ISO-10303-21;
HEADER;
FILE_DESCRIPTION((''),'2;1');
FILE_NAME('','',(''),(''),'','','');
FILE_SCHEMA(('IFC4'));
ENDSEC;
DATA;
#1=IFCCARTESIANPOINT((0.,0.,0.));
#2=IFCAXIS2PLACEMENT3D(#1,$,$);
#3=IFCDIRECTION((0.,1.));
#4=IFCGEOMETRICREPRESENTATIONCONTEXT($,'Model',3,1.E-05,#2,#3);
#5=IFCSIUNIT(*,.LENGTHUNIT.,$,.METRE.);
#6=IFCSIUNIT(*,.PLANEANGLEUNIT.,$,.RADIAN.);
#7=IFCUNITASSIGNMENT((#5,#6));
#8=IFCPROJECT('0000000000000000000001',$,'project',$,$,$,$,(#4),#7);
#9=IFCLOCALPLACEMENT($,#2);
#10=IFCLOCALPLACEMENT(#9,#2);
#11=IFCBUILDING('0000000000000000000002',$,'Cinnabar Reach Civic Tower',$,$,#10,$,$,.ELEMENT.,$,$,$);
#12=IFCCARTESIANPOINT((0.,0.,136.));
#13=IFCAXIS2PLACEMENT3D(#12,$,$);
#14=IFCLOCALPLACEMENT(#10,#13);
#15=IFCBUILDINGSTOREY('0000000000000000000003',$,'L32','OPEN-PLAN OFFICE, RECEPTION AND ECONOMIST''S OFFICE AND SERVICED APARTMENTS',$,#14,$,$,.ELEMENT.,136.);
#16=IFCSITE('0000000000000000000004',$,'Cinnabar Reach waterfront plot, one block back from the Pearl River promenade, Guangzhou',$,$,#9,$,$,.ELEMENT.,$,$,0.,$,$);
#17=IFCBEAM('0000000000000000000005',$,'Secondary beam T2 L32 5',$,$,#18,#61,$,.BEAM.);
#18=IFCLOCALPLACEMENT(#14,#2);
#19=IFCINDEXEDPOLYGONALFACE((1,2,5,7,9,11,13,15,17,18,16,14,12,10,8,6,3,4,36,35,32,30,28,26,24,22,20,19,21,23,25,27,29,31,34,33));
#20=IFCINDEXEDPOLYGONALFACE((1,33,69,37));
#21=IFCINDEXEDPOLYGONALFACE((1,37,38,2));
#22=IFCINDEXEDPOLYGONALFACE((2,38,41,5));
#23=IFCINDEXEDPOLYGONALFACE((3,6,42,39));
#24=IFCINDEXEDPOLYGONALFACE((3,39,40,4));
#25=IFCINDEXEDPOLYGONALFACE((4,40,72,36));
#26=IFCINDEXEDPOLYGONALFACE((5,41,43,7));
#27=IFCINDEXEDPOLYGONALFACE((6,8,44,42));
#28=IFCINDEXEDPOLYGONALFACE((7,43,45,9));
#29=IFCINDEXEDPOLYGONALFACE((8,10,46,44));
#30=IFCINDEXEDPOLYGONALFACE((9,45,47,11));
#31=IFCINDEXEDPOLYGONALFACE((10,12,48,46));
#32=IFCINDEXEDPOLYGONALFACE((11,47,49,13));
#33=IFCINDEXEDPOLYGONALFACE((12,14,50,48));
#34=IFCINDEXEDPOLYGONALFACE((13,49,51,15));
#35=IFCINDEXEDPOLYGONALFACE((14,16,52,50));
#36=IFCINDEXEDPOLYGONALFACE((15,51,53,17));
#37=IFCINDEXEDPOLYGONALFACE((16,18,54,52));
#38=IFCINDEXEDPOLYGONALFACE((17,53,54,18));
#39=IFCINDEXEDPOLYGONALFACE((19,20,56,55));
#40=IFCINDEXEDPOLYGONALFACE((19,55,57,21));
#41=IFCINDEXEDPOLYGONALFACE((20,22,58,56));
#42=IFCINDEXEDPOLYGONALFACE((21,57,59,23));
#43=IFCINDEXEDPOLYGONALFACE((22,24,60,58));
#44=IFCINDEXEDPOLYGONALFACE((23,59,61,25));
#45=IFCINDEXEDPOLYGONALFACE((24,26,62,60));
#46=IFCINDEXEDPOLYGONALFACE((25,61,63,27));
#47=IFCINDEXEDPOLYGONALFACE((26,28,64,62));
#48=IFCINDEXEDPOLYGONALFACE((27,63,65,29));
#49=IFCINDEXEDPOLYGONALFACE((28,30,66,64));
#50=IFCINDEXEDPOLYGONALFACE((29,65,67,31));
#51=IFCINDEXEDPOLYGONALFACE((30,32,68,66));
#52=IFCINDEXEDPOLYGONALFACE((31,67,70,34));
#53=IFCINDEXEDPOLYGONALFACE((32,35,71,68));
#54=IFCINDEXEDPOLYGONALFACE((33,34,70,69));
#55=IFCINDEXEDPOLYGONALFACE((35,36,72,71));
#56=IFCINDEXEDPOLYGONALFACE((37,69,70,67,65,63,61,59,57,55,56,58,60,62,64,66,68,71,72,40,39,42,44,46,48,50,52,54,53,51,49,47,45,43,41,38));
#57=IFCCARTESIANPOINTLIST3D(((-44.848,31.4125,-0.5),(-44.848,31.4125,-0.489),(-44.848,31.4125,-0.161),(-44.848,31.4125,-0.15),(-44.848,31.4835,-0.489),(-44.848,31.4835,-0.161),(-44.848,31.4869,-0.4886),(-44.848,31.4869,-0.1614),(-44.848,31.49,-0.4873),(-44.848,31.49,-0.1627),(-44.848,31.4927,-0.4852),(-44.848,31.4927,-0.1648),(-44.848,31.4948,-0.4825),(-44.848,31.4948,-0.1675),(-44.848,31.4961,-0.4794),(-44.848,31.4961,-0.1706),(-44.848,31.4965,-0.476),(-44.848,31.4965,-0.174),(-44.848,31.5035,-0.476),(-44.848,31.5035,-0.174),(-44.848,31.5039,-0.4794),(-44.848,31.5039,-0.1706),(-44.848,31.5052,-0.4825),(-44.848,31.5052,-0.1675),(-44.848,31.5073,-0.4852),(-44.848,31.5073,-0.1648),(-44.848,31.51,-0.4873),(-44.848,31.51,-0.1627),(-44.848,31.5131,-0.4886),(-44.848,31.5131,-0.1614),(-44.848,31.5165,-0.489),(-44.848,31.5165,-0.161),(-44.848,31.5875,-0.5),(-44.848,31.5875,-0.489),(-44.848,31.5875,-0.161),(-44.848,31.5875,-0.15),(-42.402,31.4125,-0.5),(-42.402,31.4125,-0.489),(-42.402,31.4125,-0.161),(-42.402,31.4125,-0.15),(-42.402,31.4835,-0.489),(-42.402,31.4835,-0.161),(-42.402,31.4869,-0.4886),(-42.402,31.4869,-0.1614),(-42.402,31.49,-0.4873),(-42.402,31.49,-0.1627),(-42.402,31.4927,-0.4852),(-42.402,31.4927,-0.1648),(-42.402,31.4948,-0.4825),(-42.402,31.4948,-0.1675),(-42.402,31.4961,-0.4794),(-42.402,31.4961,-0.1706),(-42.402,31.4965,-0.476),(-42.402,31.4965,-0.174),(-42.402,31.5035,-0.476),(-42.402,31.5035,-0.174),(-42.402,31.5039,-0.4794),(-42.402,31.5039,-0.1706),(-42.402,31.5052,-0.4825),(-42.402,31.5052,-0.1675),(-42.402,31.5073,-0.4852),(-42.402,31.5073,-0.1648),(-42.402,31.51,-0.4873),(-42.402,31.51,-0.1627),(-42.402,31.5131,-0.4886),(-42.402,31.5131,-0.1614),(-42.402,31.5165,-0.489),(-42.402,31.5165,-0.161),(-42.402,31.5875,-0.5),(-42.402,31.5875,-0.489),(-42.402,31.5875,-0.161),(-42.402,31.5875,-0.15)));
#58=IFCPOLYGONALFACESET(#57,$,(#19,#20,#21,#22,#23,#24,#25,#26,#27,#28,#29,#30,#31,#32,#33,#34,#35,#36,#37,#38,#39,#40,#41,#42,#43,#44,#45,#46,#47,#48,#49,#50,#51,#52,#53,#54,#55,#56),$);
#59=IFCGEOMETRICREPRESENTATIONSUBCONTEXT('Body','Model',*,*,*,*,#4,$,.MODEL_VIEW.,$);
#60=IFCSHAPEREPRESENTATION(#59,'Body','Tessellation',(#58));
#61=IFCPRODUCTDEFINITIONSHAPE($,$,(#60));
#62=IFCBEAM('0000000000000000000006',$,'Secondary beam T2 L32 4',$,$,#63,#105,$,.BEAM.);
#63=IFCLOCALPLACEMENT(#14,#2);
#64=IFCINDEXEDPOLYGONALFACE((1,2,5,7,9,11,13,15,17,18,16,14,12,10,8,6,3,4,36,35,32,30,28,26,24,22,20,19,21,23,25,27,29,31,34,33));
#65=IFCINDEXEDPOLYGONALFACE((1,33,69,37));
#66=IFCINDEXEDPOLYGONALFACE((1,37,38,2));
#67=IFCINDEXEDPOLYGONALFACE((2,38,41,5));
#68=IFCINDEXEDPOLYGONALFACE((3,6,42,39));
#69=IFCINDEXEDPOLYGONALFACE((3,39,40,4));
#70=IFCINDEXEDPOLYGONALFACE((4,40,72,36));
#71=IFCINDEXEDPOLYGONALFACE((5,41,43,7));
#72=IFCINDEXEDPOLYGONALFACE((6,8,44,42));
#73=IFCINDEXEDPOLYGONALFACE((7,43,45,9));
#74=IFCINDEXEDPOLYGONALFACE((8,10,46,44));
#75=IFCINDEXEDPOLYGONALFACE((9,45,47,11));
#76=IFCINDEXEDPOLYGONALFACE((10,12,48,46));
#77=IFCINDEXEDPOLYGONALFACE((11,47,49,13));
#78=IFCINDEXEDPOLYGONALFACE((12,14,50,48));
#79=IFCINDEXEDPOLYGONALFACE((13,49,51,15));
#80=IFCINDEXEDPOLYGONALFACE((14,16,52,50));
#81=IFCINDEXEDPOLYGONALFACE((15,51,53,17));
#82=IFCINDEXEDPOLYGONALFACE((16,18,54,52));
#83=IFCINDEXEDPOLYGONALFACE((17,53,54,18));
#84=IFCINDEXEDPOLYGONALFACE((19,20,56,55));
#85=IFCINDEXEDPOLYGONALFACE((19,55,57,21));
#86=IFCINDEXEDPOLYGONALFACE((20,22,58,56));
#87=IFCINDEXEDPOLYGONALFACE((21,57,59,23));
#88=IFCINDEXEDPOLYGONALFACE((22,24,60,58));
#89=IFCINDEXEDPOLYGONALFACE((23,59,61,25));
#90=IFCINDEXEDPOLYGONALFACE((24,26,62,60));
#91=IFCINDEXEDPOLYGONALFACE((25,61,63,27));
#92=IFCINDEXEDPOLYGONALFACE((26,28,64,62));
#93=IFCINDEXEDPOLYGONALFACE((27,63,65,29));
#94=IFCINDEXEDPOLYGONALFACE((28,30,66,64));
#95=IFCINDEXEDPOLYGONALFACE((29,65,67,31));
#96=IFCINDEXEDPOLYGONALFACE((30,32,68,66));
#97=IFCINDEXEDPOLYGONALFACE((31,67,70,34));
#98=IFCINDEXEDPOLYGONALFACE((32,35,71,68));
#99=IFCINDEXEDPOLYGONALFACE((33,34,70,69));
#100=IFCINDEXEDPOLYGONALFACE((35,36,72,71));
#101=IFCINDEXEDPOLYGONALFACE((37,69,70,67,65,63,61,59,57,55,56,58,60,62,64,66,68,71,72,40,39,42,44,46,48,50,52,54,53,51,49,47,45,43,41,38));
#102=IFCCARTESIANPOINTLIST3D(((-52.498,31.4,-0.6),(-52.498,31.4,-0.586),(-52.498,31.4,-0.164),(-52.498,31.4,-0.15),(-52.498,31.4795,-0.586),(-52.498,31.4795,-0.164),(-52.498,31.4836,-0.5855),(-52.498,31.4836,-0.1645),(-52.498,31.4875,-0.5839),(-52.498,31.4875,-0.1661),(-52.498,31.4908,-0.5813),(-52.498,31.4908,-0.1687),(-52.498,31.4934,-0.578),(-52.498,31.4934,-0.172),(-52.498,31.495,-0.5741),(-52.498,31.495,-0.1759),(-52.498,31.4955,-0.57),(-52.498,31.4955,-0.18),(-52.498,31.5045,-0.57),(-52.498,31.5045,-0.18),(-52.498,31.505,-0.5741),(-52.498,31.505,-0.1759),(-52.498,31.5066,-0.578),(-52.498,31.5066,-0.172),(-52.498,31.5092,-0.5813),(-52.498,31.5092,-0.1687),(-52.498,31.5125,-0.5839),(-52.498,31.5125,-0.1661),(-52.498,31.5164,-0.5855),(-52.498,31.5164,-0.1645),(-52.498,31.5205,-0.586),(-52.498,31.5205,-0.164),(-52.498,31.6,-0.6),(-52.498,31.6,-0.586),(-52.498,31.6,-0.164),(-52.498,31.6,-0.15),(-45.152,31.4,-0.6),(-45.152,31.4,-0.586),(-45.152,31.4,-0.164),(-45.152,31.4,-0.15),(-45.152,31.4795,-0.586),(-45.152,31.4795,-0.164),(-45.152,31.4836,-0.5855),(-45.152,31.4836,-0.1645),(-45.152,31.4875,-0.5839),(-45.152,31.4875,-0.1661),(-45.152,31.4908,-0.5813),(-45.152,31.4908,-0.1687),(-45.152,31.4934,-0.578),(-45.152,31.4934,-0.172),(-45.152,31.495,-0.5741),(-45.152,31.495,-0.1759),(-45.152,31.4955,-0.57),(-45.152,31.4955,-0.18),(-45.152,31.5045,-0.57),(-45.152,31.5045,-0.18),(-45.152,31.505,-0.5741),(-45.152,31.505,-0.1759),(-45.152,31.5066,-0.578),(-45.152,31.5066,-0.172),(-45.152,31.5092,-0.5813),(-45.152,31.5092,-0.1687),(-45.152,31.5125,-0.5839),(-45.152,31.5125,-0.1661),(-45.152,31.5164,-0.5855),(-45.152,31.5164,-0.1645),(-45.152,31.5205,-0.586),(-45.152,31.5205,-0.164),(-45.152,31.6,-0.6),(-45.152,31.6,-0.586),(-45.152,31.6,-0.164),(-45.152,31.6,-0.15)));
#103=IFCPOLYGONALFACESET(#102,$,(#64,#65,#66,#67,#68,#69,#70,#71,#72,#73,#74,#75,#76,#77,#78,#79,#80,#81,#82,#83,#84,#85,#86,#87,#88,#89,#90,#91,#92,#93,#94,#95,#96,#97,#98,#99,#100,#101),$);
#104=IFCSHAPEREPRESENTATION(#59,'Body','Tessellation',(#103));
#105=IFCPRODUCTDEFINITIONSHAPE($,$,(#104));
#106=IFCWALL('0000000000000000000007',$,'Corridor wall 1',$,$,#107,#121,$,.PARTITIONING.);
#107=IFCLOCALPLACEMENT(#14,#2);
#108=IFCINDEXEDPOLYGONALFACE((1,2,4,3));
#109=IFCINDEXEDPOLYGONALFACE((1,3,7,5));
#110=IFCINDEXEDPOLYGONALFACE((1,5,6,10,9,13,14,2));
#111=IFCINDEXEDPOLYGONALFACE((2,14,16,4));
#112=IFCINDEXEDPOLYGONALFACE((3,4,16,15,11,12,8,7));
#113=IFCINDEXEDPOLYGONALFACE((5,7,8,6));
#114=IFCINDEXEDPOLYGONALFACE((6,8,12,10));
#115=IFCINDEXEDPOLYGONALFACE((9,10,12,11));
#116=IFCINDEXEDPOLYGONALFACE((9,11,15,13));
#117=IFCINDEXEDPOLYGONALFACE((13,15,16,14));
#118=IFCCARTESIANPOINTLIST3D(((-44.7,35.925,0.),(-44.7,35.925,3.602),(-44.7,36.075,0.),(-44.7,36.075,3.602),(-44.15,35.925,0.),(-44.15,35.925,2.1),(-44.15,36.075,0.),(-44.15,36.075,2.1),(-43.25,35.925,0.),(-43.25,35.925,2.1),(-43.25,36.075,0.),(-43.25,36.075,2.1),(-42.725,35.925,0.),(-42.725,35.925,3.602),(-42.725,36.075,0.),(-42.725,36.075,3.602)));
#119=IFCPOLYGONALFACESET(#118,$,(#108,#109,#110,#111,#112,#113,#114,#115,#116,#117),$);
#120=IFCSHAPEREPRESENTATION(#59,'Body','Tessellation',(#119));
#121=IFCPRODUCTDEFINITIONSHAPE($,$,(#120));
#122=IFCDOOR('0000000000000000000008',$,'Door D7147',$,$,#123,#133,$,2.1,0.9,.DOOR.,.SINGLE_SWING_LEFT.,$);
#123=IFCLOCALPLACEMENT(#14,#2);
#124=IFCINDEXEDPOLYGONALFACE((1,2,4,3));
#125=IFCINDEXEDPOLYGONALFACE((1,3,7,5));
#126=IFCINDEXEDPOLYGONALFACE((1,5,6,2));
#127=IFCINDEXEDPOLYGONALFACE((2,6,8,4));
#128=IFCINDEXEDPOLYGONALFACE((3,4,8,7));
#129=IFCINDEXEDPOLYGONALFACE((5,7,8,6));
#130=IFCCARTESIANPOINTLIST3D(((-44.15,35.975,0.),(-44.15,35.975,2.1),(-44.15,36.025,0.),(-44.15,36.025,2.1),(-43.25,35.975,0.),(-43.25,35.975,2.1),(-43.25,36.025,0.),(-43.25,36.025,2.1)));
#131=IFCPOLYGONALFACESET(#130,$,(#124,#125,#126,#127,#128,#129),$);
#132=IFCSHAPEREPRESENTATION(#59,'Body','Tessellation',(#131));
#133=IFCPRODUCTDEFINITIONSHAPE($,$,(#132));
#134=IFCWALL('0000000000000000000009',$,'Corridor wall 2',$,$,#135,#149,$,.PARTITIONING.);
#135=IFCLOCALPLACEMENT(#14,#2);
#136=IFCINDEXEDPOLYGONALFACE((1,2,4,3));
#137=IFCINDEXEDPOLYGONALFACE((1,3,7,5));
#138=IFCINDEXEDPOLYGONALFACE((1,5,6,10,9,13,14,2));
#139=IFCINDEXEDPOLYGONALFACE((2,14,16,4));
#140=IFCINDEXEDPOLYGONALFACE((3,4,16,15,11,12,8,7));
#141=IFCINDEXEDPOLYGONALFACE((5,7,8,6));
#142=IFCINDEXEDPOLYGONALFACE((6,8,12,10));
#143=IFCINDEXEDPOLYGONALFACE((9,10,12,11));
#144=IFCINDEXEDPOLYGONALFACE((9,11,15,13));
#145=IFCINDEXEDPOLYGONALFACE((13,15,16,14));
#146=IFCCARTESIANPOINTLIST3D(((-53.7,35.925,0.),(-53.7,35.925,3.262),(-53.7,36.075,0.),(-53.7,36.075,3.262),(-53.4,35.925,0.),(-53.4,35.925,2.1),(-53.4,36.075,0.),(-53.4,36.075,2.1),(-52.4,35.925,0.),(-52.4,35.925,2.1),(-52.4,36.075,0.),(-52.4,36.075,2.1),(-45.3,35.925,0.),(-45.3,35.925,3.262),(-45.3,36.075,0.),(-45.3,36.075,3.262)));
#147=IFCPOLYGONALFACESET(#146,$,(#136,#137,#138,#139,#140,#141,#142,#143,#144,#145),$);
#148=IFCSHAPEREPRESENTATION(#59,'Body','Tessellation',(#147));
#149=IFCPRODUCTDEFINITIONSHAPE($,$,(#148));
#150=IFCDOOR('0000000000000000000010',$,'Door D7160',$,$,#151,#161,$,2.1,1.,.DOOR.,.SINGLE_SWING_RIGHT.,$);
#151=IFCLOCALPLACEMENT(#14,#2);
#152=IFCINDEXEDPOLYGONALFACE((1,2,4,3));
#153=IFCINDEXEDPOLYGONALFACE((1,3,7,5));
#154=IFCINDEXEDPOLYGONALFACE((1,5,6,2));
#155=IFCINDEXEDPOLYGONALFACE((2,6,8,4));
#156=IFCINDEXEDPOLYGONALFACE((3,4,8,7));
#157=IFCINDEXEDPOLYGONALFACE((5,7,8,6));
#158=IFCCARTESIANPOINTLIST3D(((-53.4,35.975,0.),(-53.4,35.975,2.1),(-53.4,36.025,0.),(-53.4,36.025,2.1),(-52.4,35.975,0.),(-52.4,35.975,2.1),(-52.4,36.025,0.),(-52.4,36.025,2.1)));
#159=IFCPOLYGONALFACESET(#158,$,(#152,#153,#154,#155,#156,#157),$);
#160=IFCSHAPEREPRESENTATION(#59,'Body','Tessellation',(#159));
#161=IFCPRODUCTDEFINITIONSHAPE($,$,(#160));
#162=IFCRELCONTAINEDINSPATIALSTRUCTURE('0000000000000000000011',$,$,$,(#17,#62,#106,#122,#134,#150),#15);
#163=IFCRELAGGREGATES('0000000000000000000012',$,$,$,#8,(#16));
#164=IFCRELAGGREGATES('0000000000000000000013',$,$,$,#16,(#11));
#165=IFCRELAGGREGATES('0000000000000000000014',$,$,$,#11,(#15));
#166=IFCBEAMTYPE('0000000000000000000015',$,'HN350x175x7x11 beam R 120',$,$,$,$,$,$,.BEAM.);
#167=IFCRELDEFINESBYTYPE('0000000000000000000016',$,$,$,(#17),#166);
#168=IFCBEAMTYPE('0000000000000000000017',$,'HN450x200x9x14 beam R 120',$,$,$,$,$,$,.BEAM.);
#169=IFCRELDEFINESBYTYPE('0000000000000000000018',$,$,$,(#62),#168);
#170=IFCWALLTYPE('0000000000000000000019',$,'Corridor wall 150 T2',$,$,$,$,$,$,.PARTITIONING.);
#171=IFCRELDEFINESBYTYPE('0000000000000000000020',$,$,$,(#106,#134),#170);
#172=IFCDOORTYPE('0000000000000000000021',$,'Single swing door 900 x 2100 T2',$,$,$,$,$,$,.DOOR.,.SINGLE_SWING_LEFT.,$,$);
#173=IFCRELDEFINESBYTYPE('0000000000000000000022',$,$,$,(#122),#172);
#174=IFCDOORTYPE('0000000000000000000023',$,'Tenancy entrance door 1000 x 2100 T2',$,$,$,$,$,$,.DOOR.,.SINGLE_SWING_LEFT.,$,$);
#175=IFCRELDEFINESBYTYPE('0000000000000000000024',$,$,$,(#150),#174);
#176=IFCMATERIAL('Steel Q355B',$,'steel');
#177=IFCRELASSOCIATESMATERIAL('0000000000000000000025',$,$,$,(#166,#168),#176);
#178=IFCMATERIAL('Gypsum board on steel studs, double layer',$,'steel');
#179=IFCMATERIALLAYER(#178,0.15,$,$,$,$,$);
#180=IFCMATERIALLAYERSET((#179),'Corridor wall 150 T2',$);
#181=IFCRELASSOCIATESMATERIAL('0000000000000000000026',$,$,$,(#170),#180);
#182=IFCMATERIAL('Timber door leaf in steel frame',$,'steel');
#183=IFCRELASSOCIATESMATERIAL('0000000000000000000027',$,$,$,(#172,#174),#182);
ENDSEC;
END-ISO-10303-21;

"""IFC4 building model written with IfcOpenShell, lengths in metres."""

from ifc_helpers import new_model, si_unit, direction, frame, frame_2d, origin, origin_2d, place, context, subcontext, project, spatial, rectangle, i_section, extrude, material, layer, layer_set, material_profile, profile_set, type_object, element, fill, save


model = new_model("IFC4")

# Units and contexts
model_context = context("Model", 3, precision=1e-05, world=origin(), true_north=direction((0.0, 1.0)))
body_context = subcontext(model_context, "Body", "Model", "MODEL_VIEW")
ifc_project = project(units=[si_unit("LENGTHUNIT", "METRE"), si_unit("PLANEANGLEUNIT", "RADIAN")], contexts=[model_context])

# Site, building, storey
site_placement = place(None, origin())
site = spatial("IfcSite", under=ifc_project, at=site_placement, Name="Cinnabar Reach waterfront plot, one block back from the Pearl River promenade, Guangzhou", CompositionType="ELEMENT", RefElevation=0.0)
building_placement = place(site_placement, origin())
building = spatial("IfcBuilding", under=site, at=building_placement, Name="Cinnabar Reach Civic Tower", CompositionType="ELEMENT")
storey_placement = place(building_placement, frame((0.0, 0.0, 136.0)))
storey = spatial("IfcBuildingStorey", under=building, at=storey_placement, Name="L32", Description="OPEN-PLAN OFFICE, RECEPTION AND ECONOMIST'S OFFICE AND SERVICED APARTMENTS", CompositionType="ELEMENT", Elevation=136.0)

# Beams
ifc_material_1 = material(Name="Steel Q355B", Category="steel")
ifc_material_profile_1 = material_profile(ifc_material_1, i_section(OverallWidth=0.175, OverallDepth=0.35, WebThickness=0.007, FlangeThickness=0.011, FilletRadius=0.013, at=origin_2d()), Name="HN350x175x7x11")
ifc_profile_set_1 = profile_set([ifc_material_profile_1], Name="Steel Q355B")
beam_type_1 = type_object("IfcBeamType", Name="HN350x175x7x11 beam R 120", PredefinedType="BEAM", material=ifc_profile_set_1)
beam_1_placement = place(storey_placement, frame((-44.848, 31.5, -0.325), z_axis=(1.0, 0.0, 0.0), x_axis=(0.0, 1.0, 0.0)))
element("IfcBeam", 1, at=beam_1_placement, inside=storey, type_object=beam_type_1, Name="Secondary beam T2 L32 5", PredefinedType="BEAM", context=body_context, shape_type="SweptSolid", body=[
    extrude(i_section(OverallWidth=0.175, OverallDepth=0.35, WebThickness=0.007, FlangeThickness=0.011, FilletRadius=0.013, at=origin_2d()), origin(), (0.0, 0.0, 1.0), 2.446),
])
ifc_material_profile_2 = material_profile(ifc_material_1, i_section(OverallWidth=0.2, OverallDepth=0.45, WebThickness=0.009, FlangeThickness=0.014, FilletRadius=0.016, at=origin_2d()), Name="HN450x200x9x14")
ifc_profile_set_2 = profile_set([ifc_material_profile_2], Name="Steel Q355B")
beam_type_2 = type_object("IfcBeamType", Name="HN450x200x9x14 beam R 120", PredefinedType="BEAM", material=ifc_profile_set_2)
beam_2_placement = place(storey_placement, frame((-52.498, 31.5, -0.375), z_axis=(1.0, 0.0, 0.0), x_axis=(0.0, 1.0, 0.0)))
element("IfcBeam", 2, at=beam_2_placement, inside=storey, type_object=beam_type_2, Name="Secondary beam T2 L32 4", PredefinedType="BEAM", context=body_context, shape_type="SweptSolid", body=[
    extrude(i_section(OverallWidth=0.2, OverallDepth=0.45, WebThickness=0.009, FlangeThickness=0.014, FilletRadius=0.016, at=origin_2d()), origin(), (0.0, 0.0, 1.0), 7.346),
])

# Walls, openings, doors
ifc_material_2 = material(Name="Gypsum board on steel studs, double layer", Category="steel")
ifc_layer_1 = layer(ifc_material_2, 0.15)
ifc_layer_set_1 = layer_set([ifc_layer_1], Name="Corridor wall 150 T2")
wall_type_1 = type_object("IfcWallType", Name="Corridor wall 150 T2", PredefinedType="PARTITIONING", material=ifc_layer_set_1)
wall_1_placement = place(storey_placement, frame((-44.7, 36.0, 0.0), z_axis=(0.0, 0.0, 1.0), x_axis=(1.0, 0.0, 0.0)))
wall_1 = element("IfcWall", 3, at=wall_1_placement, inside=storey, type_object=wall_type_1, Name="Corridor wall 1", PredefinedType="PARTITIONING", context=body_context, shape_type="SweptSolid", body=[
    extrude(rectangle(XDim=1.975, YDim=0.15, at=frame_2d((0.9875, 0.0))), origin(), (0.0, 0.0, 1.0), 3.602),
])
opening_1_placement = place(wall_1_placement, frame((0.55, 0.0, 0.0)))
opening_1 = element("IfcOpeningElement", 4, at=opening_1_placement, cuts=wall_1, PredefinedType="OPENING", context=body_context, shape_type="SweptSolid", body=[
    extrude(rectangle(XDim=0.9, YDim=2.1, at=frame_2d((0.45, 1.05))), frame((0.0, 0.085, 0.0), z_axis=(0.0, -1.0, 0.0), x_axis=(1.0, 0.0, 0.0)), (0.0, 0.0, 1.0), 0.17),
])
ifc_material_3 = material(Name="Timber door leaf in steel frame", Category="steel")
door_type_1 = type_object("IfcDoorType", Name="Single swing door 900 x 2100 T2", OperationType="SINGLE_SWING_LEFT", PredefinedType="DOOR", material=ifc_material_3)
door_1_placement = place(opening_1_placement, origin())
door_1 = element("IfcDoor", 5, at=door_1_placement, inside=storey, type_object=door_type_1, Name="Door D7147", OperationType="SINGLE_SWING_LEFT", OverallHeight=2.1, OverallWidth=0.9, PredefinedType="DOOR", context=body_context, shape_type="SweptSolid", body=[
    extrude(rectangle(XDim=0.9, YDim=2.1, at=frame_2d((0.45, 1.05))), frame((0.0, 0.025, 0.0), z_axis=(0.0, -1.0, 0.0), x_axis=(1.0, 0.0, 0.0)), (0.0, 0.0, 1.0), 0.05),
])
fill(opening_1, door_1)
wall_2_placement = place(storey_placement, frame((-53.7, 36.0, 0.0), z_axis=(0.0, 0.0, 1.0), x_axis=(1.0, 0.0, 0.0)))
wall_2 = element("IfcWall", 6, at=wall_2_placement, inside=storey, type_object=wall_type_1, Name="Corridor wall 2", PredefinedType="PARTITIONING", context=body_context, shape_type="SweptSolid", body=[
    extrude(rectangle(XDim=8.4, YDim=0.15, at=frame_2d((4.2, 0.0))), origin(), (0.0, 0.0, 1.0), 3.262),
])
opening_2_placement = place(wall_2_placement, frame((0.3, 0.0, 0.0)))
opening_2 = element("IfcOpeningElement", 7, at=opening_2_placement, cuts=wall_2, PredefinedType="OPENING", context=body_context, shape_type="SweptSolid", body=[
    extrude(rectangle(XDim=1.0, YDim=2.1, at=frame_2d((0.5, 1.05))), frame((0.0, 0.085, 0.0), z_axis=(0.0, -1.0, 0.0), x_axis=(1.0, 0.0, 0.0)), (0.0, 0.0, 1.0), 0.17),
])
door_type_2 = type_object("IfcDoorType", Name="Tenancy entrance door 1000 x 2100 T2", OperationType="SINGLE_SWING_LEFT", PredefinedType="DOOR", material=ifc_material_3)
door_2_placement = place(opening_2_placement, origin())
door_2 = element("IfcDoor", 8, at=door_2_placement, inside=storey, type_object=door_type_2, Name="Door D7160", OperationType="SINGLE_SWING_RIGHT", OverallHeight=2.1, OverallWidth=1.0, PredefinedType="DOOR", context=body_context, shape_type="SweptSolid", body=[
    extrude(rectangle(XDim=1.0, YDim=2.1, at=frame_2d((0.5, 1.05))), frame((0.0, 0.025, 0.0), z_axis=(0.0, -1.0, 0.0), x_axis=(1.0, 0.0, 0.0)), (0.0, 0.0, 1.0), 0.05),
])
fill(opening_2, door_2)

save(model, "model.ifc")
